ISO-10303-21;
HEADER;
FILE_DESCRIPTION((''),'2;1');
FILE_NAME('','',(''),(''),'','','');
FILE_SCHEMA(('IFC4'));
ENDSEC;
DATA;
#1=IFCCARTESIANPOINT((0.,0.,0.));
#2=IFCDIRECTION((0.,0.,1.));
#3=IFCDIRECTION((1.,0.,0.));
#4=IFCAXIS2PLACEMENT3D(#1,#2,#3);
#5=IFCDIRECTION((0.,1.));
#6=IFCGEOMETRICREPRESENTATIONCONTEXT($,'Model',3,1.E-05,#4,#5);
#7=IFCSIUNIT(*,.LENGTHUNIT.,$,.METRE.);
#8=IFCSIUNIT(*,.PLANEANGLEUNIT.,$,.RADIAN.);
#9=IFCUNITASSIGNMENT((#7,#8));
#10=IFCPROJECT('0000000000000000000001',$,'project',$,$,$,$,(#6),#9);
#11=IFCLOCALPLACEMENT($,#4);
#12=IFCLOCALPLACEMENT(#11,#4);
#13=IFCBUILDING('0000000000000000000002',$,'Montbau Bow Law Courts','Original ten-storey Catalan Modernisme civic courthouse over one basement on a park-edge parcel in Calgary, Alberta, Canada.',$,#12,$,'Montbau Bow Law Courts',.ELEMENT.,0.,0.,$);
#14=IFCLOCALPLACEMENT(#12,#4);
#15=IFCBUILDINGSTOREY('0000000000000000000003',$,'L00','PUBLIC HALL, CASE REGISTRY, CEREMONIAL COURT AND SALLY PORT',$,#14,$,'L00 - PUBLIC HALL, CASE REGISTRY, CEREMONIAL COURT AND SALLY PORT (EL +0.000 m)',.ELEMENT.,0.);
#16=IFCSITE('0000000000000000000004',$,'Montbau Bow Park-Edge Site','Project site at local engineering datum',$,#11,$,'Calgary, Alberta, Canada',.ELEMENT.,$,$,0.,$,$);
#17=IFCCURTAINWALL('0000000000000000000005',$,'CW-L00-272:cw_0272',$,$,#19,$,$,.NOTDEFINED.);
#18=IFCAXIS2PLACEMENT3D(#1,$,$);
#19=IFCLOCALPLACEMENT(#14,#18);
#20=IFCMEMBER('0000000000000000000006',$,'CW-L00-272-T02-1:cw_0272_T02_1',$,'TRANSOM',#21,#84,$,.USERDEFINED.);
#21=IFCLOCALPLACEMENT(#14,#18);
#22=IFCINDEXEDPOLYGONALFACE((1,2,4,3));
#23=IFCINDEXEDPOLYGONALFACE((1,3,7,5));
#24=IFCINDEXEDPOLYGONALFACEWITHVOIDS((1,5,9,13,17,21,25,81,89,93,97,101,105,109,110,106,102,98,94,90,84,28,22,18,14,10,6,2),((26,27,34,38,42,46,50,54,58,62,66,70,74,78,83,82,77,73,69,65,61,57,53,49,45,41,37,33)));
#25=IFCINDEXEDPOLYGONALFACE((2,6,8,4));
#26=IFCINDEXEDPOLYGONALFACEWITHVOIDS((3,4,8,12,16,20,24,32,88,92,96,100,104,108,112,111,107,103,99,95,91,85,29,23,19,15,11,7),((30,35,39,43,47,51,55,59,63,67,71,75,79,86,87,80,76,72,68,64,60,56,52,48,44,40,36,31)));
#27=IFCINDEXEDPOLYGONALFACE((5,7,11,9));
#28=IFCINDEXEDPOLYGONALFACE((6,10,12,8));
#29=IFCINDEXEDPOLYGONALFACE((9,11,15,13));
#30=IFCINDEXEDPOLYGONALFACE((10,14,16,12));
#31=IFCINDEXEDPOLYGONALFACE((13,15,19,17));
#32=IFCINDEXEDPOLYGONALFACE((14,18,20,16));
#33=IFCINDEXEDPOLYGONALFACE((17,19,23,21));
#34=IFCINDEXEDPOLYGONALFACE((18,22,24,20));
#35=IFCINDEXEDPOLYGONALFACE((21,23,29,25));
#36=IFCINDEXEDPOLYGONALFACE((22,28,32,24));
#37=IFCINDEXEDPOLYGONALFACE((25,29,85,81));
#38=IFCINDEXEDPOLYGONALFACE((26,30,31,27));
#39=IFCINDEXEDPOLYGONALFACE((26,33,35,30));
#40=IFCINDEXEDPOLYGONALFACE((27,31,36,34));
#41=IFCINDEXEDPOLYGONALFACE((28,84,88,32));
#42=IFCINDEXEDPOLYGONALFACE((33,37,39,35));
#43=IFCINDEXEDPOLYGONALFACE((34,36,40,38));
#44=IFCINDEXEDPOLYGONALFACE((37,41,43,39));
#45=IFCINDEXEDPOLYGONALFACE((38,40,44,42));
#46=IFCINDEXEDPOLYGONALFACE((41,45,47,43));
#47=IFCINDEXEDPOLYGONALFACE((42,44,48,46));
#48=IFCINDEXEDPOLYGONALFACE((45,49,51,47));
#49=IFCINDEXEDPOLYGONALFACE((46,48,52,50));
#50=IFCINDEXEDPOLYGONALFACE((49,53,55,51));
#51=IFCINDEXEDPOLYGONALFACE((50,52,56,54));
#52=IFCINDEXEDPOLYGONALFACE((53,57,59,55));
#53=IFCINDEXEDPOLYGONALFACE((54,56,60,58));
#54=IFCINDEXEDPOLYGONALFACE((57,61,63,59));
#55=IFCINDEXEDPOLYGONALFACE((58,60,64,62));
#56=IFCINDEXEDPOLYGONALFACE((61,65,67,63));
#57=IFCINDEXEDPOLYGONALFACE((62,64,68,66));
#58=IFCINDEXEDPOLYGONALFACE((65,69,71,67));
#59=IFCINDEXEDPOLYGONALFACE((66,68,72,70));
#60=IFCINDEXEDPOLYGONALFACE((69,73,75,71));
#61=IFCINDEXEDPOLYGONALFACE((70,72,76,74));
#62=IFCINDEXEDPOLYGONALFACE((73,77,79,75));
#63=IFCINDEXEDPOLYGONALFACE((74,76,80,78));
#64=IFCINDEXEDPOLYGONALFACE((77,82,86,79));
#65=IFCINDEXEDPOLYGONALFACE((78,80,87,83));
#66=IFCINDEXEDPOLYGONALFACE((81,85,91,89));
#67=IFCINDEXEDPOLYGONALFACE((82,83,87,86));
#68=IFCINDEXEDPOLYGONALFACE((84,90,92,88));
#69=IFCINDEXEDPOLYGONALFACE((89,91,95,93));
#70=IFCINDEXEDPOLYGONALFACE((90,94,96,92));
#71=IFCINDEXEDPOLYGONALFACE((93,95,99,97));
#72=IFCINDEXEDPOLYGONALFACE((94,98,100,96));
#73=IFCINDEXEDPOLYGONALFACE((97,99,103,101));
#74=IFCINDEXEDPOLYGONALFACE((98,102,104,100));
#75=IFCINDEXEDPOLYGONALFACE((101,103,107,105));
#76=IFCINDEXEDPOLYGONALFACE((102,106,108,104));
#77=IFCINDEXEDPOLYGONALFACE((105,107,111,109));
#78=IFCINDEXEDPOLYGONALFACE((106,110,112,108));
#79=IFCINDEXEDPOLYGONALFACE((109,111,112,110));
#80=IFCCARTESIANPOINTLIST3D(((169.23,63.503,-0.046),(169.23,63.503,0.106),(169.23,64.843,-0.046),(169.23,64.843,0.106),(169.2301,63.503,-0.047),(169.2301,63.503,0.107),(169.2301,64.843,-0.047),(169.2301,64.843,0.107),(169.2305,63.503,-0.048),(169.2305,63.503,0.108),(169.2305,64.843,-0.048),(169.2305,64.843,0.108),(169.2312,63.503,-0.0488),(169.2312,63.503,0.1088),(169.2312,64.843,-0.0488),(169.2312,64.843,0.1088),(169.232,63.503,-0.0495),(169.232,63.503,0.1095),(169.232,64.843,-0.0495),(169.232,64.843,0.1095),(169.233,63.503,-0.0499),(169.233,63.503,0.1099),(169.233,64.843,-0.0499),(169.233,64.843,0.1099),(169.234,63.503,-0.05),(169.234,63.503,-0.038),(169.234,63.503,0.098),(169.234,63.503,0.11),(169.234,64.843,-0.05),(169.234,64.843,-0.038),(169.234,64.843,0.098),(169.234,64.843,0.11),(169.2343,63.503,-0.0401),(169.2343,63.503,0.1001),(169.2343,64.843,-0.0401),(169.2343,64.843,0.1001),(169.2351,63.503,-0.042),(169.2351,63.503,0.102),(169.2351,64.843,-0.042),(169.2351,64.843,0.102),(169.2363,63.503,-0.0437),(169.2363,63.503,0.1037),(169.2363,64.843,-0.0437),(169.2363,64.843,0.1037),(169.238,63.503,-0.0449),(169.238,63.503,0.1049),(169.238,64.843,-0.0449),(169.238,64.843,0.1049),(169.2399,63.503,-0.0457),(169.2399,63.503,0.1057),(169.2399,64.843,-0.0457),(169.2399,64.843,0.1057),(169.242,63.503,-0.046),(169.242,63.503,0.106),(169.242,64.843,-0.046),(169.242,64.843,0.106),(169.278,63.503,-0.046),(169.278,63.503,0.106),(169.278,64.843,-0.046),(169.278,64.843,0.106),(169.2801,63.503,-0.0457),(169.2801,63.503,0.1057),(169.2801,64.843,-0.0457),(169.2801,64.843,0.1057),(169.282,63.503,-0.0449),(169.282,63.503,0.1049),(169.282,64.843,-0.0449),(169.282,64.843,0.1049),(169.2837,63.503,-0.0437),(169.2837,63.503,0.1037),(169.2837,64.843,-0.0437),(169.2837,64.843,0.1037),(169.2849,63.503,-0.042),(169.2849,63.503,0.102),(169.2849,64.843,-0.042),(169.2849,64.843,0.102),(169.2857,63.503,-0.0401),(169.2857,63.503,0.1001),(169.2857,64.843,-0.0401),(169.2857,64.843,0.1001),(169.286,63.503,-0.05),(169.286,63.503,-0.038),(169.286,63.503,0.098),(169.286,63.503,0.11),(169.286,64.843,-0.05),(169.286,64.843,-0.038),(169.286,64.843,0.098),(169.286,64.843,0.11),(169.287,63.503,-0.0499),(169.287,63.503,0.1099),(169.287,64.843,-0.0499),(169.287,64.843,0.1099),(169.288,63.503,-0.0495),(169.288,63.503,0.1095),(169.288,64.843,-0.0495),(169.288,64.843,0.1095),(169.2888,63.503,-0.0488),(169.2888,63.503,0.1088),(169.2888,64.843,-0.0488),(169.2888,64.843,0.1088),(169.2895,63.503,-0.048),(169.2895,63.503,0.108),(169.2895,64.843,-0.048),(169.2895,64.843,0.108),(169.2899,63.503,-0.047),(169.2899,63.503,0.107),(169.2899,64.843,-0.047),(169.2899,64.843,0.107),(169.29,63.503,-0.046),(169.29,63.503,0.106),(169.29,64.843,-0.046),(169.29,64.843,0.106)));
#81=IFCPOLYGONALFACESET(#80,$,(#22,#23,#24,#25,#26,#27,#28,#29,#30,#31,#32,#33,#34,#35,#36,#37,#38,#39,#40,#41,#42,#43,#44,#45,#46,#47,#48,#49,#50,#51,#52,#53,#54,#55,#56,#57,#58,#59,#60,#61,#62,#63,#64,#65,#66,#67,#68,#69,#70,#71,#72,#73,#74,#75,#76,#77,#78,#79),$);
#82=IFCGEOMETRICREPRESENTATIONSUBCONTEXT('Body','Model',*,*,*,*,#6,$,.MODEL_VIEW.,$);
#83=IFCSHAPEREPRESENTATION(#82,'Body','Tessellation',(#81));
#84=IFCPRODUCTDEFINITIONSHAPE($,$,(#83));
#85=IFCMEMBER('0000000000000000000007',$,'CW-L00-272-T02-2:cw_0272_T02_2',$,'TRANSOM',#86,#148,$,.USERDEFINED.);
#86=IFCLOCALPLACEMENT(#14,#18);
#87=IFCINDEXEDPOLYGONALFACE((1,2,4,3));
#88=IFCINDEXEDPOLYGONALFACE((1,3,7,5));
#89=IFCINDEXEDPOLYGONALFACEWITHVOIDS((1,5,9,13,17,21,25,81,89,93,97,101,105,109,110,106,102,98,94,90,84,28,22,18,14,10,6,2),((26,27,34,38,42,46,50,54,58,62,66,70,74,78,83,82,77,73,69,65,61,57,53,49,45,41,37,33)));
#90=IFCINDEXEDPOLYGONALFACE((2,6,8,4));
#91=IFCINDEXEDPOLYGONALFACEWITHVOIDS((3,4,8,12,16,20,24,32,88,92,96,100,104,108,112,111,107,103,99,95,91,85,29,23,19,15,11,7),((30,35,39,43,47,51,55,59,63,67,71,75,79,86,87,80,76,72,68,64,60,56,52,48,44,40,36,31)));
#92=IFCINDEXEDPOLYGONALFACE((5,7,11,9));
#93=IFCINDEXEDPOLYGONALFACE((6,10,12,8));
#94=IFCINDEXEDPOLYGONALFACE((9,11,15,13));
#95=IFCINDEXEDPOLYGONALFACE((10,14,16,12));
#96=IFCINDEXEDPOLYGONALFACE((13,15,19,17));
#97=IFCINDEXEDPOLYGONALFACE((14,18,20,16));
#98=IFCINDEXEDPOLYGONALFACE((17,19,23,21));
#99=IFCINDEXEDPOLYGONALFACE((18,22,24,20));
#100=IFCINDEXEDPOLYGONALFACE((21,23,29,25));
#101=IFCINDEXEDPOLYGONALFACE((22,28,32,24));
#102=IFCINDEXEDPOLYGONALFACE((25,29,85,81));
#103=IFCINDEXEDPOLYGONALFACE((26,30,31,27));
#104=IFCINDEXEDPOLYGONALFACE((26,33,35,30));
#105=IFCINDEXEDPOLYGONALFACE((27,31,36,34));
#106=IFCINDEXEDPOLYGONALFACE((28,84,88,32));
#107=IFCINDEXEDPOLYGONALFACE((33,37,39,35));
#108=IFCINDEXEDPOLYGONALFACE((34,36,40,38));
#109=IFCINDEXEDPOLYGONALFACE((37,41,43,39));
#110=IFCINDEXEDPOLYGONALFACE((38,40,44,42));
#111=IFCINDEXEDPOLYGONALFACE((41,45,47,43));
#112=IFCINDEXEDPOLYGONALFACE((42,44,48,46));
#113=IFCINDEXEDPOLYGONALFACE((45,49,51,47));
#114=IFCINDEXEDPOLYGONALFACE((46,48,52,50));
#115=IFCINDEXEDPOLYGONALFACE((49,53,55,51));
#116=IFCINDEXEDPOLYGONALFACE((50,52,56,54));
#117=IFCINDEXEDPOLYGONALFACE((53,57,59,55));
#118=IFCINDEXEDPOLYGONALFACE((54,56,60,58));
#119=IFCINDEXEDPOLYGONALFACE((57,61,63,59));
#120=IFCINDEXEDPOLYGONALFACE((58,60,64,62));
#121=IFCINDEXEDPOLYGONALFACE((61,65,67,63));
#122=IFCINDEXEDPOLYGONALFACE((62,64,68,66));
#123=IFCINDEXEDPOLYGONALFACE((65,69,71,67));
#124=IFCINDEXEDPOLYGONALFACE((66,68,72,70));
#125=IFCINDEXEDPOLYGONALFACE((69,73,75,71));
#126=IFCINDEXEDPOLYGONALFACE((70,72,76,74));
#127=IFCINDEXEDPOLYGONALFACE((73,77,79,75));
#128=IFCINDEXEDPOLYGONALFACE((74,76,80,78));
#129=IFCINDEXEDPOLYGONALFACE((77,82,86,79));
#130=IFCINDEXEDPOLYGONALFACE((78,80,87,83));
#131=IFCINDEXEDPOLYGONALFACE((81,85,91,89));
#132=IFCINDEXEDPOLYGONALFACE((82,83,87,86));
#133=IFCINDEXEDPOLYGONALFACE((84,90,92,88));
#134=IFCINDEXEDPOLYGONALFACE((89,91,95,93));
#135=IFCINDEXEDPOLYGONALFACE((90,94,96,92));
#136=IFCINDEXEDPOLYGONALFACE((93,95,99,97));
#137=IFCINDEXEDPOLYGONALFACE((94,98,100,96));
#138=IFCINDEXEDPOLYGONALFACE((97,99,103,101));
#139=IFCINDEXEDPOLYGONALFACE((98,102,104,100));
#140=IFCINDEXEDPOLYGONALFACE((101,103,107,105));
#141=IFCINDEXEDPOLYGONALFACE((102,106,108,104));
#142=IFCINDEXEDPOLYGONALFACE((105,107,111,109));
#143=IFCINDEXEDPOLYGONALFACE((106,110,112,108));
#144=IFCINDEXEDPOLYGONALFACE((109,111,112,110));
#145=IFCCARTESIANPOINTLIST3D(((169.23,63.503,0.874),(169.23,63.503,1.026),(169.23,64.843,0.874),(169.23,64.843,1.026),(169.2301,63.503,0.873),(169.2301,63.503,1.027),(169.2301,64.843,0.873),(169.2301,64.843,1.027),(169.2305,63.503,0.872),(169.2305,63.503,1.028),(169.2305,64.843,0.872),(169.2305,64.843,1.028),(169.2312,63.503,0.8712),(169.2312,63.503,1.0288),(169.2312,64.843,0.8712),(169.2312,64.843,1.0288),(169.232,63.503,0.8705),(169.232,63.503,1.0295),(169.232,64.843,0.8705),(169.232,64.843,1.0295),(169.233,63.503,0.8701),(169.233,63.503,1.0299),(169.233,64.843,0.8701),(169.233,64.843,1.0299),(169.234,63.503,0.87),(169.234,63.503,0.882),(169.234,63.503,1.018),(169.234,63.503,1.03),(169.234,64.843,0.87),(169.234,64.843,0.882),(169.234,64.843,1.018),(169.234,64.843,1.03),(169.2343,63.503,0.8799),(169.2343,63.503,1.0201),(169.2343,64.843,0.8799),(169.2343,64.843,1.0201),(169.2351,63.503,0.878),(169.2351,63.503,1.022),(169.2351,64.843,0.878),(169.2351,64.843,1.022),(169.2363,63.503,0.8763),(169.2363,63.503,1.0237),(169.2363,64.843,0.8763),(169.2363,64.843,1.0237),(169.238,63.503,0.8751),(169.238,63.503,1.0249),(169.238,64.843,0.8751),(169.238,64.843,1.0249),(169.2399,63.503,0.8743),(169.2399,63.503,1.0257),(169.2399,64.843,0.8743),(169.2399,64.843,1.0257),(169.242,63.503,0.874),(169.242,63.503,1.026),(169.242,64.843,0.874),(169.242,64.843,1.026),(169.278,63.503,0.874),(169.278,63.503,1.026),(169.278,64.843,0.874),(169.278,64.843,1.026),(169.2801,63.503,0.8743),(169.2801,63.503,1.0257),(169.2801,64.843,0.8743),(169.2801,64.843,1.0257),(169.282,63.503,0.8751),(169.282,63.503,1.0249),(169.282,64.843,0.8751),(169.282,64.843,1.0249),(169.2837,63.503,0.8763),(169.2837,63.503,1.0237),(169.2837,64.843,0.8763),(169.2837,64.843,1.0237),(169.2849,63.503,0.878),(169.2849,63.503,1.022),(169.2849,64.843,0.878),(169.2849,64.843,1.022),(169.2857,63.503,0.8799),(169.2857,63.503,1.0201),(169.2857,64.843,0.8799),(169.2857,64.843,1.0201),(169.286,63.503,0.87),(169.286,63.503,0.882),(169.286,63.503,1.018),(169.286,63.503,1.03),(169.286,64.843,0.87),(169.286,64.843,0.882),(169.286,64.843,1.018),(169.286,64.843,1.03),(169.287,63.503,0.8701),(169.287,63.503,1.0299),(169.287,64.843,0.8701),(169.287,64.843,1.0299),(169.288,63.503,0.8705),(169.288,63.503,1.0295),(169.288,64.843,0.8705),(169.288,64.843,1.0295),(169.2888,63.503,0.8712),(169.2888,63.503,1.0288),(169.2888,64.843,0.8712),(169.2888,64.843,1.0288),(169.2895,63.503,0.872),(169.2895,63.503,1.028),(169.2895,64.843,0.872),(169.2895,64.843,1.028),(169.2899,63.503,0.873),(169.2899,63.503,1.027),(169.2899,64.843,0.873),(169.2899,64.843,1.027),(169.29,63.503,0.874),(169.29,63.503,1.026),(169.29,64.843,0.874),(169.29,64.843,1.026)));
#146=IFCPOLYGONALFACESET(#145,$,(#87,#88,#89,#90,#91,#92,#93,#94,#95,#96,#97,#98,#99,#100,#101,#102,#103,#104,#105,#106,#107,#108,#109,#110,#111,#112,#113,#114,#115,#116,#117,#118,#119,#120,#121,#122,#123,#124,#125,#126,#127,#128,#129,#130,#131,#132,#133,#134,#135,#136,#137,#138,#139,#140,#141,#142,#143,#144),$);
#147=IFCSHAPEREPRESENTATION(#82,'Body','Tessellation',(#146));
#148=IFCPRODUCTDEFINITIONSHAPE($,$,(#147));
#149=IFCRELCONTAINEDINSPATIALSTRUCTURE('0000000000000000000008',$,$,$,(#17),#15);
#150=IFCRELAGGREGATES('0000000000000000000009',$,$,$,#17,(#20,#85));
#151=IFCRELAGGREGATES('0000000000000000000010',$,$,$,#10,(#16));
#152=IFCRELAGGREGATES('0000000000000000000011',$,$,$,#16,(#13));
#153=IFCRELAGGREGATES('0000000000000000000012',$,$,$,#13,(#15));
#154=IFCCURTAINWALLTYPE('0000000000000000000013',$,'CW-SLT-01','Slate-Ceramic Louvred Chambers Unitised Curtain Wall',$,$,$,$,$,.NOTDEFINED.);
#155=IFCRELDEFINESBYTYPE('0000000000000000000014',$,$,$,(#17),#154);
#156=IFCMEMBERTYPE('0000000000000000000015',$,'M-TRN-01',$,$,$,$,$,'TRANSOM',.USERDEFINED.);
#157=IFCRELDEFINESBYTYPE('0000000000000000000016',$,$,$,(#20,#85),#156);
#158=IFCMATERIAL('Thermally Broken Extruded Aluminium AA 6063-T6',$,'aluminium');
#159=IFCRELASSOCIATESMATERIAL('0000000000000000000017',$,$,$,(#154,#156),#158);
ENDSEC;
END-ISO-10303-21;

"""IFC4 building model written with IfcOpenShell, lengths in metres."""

from ifc_helpers import new_model, si_unit, direction, frame, origin_with_axes, origin_2d_with_axis, place, context, subcontext, project, spatial, hollow_rectangle, extrude, material, material_profile, profile_set, type_object, element, aggregate, save


model = new_model("IFC4")

# Units and contexts
model_context = context("Model", 3, precision=1e-05, world=origin_with_axes(), true_north=direction((0.0, 1.0)))
body_context = subcontext(model_context, "Body", "Model", "MODEL_VIEW")
ifc_project = project(units=[si_unit("LENGTHUNIT", "METRE"), si_unit("PLANEANGLEUNIT", "RADIAN")], contexts=[model_context])

# Site, building, storey
site_placement = place(None, origin_with_axes())
site = spatial("IfcSite", under=ifc_project, at=site_placement, Name="Montbau Bow Park-Edge Site", Description="Project site at local engineering datum", LongName="Calgary, Alberta, Canada", CompositionType="ELEMENT", RefElevation=0.0)
building_placement = place(site_placement, origin_with_axes())
building = spatial("IfcBuilding", under=site, at=building_placement, Name="Montbau Bow Law Courts", Description="Original ten-storey Catalan Modernisme civic courthouse over one basement on a park-edge parcel in Calgary, Alberta, Canada.", LongName="Montbau Bow Law Courts", CompositionType="ELEMENT", ElevationOfRefHeight=0.0, ElevationOfTerrain=0.0)
storey_placement = place(building_placement, origin_with_axes())
storey = spatial("IfcBuildingStorey", under=building, at=storey_placement, Name="L00", Description="PUBLIC HALL, CASE REGISTRY, CEREMONIAL COURT AND SALLY PORT", LongName="L00 - PUBLIC HALL, CASE REGISTRY, CEREMONIAL COURT AND SALLY PORT (EL +0.000 m)", CompositionType="ELEMENT", Elevation=0.0)

# Curtain wall, members
ifc_material_1 = material(Name="Thermally Broken Extruded Aluminium AA 6063-T6", Category="aluminium")
curtain_wall_type = type_object("IfcCurtainWallType", Name="CW-SLT-01", Description="Slate-Ceramic Louvred Chambers Unitised Curtain Wall", PredefinedType="NOTDEFINED", material=ifc_material_1)
curtain_wall_1_placement = place(None, frame((169.26, 62.068, 0.0), z_axis=(0.0, 0.0, 1.0), x_axis=(1.0, 0.0, 0.0)))
curtain_wall_1 = element("IfcCurtainWall", 1, at=curtain_wall_1_placement, inside=storey, type_object=curtain_wall_type, Name="CW-L00-272:cw_0272", PredefinedType="NOTDEFINED")
ifc_material_profile_1 = material_profile(ifc_material_1, hollow_rectangle(XDim=0.06, YDim=0.16, WallThickness=0.004, InnerFilletRadius=0.008, OuterFilletRadius=0.004, at=origin_2d_with_axis()), Name="CWT-160X60", Category="Main", Priority=0)
ifc_profile_set_1 = profile_set([ifc_material_profile_1], Name="Thermally Broken Extruded Aluminium AA 6063-T6")
member_type_1 = type_object("IfcMemberType", Name="M-TRN-01", ElementType="TRANSOM", PredefinedType="USERDEFINED", material=ifc_profile_set_1)
member_1_placement = place(None, frame((169.26, 63.503, 0.03), z_axis=(0.0, 1.0, 0.0), x_axis=(-1.0, 0.0, 0.0)))
member_1 = element("IfcMember", 2, at=member_1_placement, type_object=member_type_1, Name="CW-L00-272-T02-1:cw_0272_T02_1", ObjectType="TRANSOM", PredefinedType="USERDEFINED", context=body_context, shape_type="SweptSolid", body=[
    extrude(hollow_rectangle(XDim=0.06, YDim=0.16, WallThickness=0.004, InnerFilletRadius=0.008, OuterFilletRadius=0.004, at=origin_2d_with_axis()), origin_with_axes(), (0.0, 0.0, 1.0), 1.34),
])
member_2_placement = place(None, frame((169.26, 63.503, 0.95), z_axis=(0.0, 1.0, 0.0), x_axis=(-1.0, 0.0, 0.0)))
member_2 = element("IfcMember", 3, at=member_2_placement, type_object=member_type_1, Name="CW-L00-272-T02-2:cw_0272_T02_2", ObjectType="TRANSOM", PredefinedType="USERDEFINED", context=body_context, shape_type="SweptSolid", body=[
    extrude(hollow_rectangle(XDim=0.06, YDim=0.16, WallThickness=0.004, InnerFilletRadius=0.008, OuterFilletRadius=0.004, at=origin_2d_with_axis()), origin_with_axes(), (0.0, 0.0, 1.0), 1.34),
])

aggregate(curtain_wall_1, [member_1, member_2])

save(model, "model.ifc")
